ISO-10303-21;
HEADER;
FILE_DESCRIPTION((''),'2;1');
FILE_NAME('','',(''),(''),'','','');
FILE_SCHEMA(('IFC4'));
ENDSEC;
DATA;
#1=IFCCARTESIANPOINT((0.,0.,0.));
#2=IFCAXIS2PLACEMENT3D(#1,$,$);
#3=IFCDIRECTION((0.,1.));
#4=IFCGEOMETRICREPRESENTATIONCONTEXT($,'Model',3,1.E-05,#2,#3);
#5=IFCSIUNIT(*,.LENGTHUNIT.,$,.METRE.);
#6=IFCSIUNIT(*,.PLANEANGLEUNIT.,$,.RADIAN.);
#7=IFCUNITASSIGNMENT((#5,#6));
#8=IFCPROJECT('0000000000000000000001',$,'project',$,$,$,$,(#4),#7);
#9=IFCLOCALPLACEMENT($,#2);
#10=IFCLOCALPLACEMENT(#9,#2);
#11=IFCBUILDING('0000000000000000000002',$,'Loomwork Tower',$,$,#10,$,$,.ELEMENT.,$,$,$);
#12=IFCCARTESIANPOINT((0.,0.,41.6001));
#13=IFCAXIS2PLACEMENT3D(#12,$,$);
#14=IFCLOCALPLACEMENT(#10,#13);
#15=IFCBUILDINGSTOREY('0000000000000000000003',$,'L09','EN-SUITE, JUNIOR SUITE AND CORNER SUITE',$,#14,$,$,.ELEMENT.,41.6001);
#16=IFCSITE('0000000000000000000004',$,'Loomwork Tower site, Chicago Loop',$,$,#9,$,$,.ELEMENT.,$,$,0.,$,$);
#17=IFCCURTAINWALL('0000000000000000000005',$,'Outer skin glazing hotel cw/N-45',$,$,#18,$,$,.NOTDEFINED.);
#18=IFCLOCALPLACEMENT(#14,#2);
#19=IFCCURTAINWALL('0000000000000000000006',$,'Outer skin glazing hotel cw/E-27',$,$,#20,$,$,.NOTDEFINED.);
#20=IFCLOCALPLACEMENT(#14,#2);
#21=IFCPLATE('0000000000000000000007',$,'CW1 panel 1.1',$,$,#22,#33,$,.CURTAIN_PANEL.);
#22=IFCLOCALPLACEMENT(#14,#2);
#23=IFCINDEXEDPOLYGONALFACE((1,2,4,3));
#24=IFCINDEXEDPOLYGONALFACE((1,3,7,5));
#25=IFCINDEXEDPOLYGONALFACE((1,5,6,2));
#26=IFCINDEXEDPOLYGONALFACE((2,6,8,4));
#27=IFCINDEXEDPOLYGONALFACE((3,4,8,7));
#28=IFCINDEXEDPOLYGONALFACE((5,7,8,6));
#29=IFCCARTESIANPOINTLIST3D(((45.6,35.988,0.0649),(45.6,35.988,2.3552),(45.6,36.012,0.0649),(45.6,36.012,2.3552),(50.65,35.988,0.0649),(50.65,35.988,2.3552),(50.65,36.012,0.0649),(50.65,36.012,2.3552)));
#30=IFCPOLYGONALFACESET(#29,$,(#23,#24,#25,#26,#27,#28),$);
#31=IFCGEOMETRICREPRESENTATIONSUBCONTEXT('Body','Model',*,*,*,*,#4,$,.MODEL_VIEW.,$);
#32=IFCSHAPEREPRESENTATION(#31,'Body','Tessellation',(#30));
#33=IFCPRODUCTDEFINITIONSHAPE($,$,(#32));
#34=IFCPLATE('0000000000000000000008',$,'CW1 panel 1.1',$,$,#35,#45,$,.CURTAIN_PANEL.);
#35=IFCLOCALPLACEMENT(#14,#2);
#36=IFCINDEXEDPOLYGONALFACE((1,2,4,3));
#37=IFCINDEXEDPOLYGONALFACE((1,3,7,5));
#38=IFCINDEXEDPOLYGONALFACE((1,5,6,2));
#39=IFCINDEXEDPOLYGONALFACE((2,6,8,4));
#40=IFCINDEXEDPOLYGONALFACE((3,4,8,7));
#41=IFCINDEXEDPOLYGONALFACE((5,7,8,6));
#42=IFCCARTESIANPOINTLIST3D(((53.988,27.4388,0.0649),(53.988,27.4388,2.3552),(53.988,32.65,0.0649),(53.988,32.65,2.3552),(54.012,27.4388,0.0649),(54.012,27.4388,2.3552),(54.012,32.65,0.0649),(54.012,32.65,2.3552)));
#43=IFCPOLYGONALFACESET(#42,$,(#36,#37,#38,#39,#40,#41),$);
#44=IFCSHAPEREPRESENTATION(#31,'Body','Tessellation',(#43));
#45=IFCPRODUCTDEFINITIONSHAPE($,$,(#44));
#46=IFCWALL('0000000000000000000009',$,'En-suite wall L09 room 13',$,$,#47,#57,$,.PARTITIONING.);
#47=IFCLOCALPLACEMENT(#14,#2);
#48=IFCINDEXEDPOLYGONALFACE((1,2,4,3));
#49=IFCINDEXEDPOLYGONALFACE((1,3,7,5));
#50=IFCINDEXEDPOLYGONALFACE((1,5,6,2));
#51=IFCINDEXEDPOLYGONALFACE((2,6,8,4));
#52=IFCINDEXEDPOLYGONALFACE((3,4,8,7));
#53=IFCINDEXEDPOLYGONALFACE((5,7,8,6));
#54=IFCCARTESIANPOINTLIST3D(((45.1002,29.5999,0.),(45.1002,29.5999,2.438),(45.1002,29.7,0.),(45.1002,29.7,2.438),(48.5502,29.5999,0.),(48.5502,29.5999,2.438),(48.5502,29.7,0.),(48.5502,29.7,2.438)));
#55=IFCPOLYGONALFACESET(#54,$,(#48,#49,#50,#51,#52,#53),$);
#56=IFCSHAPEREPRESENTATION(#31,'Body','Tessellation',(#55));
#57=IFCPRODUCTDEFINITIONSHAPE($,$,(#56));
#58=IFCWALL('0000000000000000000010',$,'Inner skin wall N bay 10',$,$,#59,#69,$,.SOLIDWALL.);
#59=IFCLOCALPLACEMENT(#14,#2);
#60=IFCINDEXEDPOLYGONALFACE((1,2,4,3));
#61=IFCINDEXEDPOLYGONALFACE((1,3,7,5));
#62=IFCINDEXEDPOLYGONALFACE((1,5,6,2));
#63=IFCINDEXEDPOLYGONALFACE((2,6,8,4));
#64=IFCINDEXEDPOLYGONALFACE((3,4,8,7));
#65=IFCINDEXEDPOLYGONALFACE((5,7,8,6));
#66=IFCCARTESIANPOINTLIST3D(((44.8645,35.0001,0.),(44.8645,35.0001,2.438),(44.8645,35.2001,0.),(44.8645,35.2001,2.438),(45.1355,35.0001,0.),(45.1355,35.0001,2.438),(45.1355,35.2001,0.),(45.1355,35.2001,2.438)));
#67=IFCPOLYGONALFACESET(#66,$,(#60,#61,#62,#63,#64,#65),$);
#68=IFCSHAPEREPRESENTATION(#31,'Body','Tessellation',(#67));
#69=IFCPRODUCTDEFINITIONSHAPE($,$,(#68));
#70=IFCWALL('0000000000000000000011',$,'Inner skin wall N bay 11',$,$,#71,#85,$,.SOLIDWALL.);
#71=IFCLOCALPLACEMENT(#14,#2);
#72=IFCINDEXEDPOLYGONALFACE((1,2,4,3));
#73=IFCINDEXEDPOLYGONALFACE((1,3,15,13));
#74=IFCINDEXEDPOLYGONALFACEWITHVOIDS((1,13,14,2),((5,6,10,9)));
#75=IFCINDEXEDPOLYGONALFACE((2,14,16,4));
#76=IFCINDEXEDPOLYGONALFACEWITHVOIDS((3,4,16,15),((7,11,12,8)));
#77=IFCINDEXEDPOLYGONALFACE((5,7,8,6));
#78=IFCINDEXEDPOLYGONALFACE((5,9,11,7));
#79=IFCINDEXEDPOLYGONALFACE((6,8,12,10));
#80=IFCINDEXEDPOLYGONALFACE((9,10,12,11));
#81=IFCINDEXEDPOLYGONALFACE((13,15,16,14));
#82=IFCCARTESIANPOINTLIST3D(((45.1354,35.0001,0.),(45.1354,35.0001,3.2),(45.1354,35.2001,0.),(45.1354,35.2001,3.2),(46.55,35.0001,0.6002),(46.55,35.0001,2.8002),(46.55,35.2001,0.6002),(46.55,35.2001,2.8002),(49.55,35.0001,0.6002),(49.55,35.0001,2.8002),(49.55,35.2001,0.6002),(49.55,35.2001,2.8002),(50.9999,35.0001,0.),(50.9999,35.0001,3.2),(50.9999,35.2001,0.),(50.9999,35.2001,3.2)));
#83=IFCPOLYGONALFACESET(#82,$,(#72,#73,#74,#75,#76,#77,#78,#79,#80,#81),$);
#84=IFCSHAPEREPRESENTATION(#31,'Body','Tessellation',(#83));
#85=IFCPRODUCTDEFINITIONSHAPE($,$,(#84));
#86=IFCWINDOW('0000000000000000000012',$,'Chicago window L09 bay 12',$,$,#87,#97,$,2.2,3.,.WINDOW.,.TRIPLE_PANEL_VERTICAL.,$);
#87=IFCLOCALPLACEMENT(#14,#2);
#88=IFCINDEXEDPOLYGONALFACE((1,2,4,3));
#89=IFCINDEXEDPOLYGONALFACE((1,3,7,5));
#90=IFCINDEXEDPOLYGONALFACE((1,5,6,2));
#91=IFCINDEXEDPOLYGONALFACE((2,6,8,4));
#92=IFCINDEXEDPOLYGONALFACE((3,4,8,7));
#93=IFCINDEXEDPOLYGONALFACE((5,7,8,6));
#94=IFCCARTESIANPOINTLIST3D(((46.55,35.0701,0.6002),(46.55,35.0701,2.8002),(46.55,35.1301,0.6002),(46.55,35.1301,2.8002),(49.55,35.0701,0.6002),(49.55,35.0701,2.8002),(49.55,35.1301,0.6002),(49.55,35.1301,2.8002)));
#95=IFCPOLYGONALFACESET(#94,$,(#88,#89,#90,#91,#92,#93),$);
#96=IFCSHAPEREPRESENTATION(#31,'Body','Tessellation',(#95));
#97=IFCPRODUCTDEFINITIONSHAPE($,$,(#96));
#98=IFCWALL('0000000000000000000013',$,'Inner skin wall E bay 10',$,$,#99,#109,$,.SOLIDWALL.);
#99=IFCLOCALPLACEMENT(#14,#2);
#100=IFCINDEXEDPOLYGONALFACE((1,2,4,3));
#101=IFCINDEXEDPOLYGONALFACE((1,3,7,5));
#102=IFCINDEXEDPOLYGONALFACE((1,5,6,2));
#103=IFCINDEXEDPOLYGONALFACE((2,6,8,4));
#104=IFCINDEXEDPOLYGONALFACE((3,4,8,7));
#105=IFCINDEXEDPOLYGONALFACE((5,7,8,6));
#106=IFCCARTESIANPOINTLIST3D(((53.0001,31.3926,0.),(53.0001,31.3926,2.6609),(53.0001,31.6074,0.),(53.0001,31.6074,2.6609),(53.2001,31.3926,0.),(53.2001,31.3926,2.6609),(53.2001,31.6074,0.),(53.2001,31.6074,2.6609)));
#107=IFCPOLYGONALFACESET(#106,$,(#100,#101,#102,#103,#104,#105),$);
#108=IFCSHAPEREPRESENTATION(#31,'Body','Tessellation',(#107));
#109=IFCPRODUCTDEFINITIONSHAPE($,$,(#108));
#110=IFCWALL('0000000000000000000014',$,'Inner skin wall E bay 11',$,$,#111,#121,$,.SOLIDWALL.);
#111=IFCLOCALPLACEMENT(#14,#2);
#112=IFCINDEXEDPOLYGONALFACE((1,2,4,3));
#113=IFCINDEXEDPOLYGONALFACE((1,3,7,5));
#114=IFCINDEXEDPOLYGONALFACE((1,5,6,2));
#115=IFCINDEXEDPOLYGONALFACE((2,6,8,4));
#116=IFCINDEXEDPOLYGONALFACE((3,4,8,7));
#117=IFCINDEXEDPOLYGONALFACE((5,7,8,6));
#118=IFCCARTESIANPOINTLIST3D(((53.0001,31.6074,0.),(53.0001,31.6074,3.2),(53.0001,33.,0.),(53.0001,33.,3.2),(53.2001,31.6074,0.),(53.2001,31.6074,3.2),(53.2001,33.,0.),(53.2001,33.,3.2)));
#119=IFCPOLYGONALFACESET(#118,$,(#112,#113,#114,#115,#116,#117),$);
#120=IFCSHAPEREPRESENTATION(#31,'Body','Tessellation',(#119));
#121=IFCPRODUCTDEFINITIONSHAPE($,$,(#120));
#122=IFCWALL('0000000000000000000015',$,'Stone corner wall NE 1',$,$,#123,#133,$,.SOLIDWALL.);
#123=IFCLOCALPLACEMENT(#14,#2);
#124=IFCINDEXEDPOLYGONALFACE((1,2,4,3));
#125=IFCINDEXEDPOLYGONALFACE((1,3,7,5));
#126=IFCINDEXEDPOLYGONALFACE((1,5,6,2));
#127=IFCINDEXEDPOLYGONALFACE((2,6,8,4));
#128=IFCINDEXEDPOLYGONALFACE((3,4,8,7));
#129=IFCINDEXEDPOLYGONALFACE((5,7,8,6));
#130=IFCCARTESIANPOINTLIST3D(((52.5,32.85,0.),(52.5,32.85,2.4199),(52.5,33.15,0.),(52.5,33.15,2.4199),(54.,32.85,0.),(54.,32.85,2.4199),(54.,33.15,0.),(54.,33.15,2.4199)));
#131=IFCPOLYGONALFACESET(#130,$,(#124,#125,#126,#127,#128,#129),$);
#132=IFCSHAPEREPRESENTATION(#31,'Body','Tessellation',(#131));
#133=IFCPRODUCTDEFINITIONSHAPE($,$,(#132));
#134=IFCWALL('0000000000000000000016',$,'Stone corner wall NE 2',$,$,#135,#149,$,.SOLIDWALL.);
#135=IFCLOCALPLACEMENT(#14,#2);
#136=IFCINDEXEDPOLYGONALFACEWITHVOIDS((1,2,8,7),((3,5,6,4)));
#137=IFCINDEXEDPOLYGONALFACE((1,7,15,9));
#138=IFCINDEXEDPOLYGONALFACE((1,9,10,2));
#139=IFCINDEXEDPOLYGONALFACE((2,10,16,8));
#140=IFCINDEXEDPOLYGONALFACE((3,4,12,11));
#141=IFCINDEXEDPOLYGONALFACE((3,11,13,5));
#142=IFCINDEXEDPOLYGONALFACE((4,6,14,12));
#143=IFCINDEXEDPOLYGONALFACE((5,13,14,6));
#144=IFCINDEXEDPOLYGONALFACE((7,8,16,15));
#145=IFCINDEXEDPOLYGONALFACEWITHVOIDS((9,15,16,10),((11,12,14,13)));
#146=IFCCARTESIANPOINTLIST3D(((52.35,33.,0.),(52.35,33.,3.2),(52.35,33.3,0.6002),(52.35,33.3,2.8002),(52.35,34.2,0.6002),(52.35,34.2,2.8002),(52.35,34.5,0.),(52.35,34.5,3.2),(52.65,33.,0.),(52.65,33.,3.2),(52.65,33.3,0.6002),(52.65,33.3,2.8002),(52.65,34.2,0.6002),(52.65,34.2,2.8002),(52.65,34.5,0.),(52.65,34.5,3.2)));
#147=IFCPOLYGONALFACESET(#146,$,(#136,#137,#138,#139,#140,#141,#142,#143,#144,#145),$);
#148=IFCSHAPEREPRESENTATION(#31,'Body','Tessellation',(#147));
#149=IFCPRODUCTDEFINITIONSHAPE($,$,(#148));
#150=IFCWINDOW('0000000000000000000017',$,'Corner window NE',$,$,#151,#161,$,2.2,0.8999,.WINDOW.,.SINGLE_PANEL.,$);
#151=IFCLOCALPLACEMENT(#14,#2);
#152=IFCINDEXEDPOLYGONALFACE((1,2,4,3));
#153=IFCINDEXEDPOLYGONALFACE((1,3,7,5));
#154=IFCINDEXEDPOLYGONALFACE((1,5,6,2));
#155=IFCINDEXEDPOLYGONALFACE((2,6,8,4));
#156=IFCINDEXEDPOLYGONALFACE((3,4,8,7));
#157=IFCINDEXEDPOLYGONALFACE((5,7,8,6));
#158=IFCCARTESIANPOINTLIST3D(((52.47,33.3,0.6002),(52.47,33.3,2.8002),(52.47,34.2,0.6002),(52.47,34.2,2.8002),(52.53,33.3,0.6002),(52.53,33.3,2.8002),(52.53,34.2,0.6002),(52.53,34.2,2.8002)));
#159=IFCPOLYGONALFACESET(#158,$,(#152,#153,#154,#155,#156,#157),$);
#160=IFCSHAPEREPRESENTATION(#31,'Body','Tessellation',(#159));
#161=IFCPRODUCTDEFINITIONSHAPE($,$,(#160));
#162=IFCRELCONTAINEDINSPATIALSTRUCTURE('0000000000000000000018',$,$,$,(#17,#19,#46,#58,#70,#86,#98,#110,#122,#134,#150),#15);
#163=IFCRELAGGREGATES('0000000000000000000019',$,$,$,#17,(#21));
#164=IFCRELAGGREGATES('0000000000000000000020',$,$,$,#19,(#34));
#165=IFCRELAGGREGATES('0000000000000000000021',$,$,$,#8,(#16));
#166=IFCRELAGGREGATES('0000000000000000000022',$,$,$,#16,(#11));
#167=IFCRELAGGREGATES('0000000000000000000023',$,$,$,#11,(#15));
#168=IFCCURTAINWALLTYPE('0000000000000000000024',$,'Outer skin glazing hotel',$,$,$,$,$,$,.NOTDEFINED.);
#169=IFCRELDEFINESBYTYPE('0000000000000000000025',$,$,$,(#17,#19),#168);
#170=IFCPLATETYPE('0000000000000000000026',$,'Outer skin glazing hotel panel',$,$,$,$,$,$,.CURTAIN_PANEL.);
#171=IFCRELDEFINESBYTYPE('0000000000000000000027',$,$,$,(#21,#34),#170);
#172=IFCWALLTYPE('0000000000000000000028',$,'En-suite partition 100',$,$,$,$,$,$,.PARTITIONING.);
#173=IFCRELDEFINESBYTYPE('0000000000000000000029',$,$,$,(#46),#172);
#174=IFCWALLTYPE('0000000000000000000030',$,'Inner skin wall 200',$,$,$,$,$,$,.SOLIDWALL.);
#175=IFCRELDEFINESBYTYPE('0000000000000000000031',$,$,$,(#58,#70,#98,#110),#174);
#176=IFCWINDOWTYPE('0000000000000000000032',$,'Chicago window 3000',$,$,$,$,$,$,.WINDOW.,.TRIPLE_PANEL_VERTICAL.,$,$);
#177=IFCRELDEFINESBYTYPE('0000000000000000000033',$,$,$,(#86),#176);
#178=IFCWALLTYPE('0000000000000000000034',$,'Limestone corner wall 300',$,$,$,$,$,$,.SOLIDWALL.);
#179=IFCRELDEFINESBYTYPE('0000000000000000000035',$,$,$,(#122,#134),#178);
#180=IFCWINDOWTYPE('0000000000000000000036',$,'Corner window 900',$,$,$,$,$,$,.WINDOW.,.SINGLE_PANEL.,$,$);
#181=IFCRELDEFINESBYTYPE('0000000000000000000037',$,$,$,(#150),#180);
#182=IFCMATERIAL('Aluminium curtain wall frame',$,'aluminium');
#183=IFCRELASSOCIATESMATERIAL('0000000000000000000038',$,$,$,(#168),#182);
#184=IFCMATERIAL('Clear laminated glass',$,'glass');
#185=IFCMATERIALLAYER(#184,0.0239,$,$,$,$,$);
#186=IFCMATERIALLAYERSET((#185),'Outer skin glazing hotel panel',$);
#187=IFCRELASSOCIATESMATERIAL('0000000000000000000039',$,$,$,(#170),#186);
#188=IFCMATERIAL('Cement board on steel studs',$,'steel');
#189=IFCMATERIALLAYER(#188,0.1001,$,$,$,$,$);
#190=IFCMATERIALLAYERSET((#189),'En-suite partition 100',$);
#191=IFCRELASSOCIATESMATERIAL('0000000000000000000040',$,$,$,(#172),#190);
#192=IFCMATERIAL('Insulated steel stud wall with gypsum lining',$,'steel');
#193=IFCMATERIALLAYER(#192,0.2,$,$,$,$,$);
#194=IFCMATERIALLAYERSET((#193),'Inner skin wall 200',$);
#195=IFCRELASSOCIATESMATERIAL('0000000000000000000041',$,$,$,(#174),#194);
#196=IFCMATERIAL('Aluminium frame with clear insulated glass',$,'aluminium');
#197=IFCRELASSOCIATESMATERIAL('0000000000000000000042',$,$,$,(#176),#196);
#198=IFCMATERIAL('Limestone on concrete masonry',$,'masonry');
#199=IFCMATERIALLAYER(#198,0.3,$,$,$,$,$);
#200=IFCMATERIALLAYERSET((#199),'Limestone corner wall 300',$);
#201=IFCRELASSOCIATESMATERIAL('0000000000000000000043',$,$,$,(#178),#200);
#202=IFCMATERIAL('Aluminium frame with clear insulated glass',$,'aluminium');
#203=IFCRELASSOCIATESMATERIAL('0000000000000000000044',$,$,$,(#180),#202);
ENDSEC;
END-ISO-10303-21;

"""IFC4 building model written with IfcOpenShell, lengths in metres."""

from ifc_helpers import new_model, si_unit, direction, frame, frame_2d, origin, origin_2d, place, context, subcontext, project, spatial, rectangle, extrude, material, layer, layer_set, type_object, element, fill, aggregate, save


model = new_model("IFC4")

# Units and contexts
model_context = context("Model", 3, precision=1e-05, world=origin(), true_north=direction((0.0, 1.0)))
body_context = subcontext(model_context, "Body", "Model", "MODEL_VIEW")
ifc_project = project(units=[si_unit("LENGTHUNIT", "METRE"), si_unit("PLANEANGLEUNIT", "RADIAN")], contexts=[model_context])

# Site, building, storey
site_placement = place(None, origin())
site = spatial("IfcSite", under=ifc_project, at=site_placement, Name="Loomwork Tower site, Chicago Loop", CompositionType="ELEMENT", RefElevation=0.0)
building_placement = place(site_placement, origin())
building = spatial("IfcBuilding", under=site, at=building_placement, Name="Loomwork Tower", CompositionType="ELEMENT")
storey_placement = place(building_placement, frame((0.0, 0.0, 41.6001)))
storey = spatial("IfcBuildingStorey", under=building, at=storey_placement, Name="L09", Description="EN-SUITE, JUNIOR SUITE AND CORNER SUITE", CompositionType="ELEMENT", Elevation=41.6001)

# Shared definitions
ifc_material_1 = material(Name="Aluminium curtain wall frame", Category="aluminium")
curtain_wall_type = type_object("IfcCurtainWallType", Name="Outer skin glazing hotel", PredefinedType="NOTDEFINED", material=ifc_material_1)

# Curtain wall
curtain_wall_1_placement = place(storey_placement, origin())
curtain_wall_1 = element("IfcCurtainWall", 1, at=curtain_wall_1_placement, inside=storey, type_object=curtain_wall_type, Name="Outer skin glazing hotel cw/N-45", PredefinedType="NOTDEFINED")

# Curtain wall
curtain_wall_2_placement = place(storey_placement, origin())
curtain_wall_2 = element("IfcCurtainWall", 2, at=curtain_wall_2_placement, inside=storey, type_object=curtain_wall_type, Name="Outer skin glazing hotel cw/E-27", PredefinedType="NOTDEFINED")

# Plates
ifc_material_2 = material(Name="Clear laminated glass", Category="glass")
ifc_layer_1 = layer(ifc_material_2, 0.0239)
ifc_layer_set_1 = layer_set([ifc_layer_1], Name="Outer skin glazing hotel panel")
plate_type = type_object("IfcPlateType", Name="Outer skin glazing hotel panel", PredefinedType="CURTAIN_PANEL", material=ifc_layer_set_1)
plate_1_placement = place(storey_placement, frame((48.125, 36.0, 0.0649), z_axis=(0.0, 0.0, 1.0), x_axis=(-1.0, 0.0, 0.0)))
plate_1 = element("IfcPlate", 3, at=plate_1_placement, type_object=plate_type, Name="CW1 panel 1.1", PredefinedType="CURTAIN_PANEL", context=body_context, shape_type="SweptSolid", body=[
    extrude(rectangle(XDim=5.05, YDim=0.0239, at=origin_2d()), origin(), (0.0, 0.0, 1.0), 2.2903),
])
aggregate(curtain_wall_1, [plate_1])
plate_2_placement = place(storey_placement, frame((54.0, 30.0444, 0.0649), z_axis=(0.0, 0.0, 1.0), x_axis=(0.0, 1.0, 0.0)))
plate_2 = element("IfcPlate", 4, at=plate_2_placement, type_object=plate_type, Name="CW1 panel 1.1", PredefinedType="CURTAIN_PANEL", context=body_context, shape_type="SweptSolid", body=[
    extrude(rectangle(XDim=5.2112, YDim=0.0239, at=origin_2d()), origin(), (0.0, 0.0, 1.0), 2.2903),
])
aggregate(curtain_wall_2, [plate_2])

# Walls
ifc_material_3 = material(Name="Cement board on steel studs", Category="steel")
ifc_layer_2 = layer(ifc_material_3, 0.1001)
ifc_layer_set_2 = layer_set([ifc_layer_2], Name="En-suite partition 100")
wall_type_1 = type_object("IfcWallType", Name="En-suite partition 100", PredefinedType="PARTITIONING", material=ifc_layer_set_2)
wall_1_placement = place(storey_placement, frame((45.1001, 29.6499, 0.0), z_axis=(0.0, 0.0, 1.0), x_axis=(1.0, 0.0, 0.0)))
element("IfcWall", 5, at=wall_1_placement, inside=storey, type_object=wall_type_1, Name="En-suite wall L09 room 13", PredefinedType="PARTITIONING", context=body_context, shape_type="SweptSolid", body=[
    extrude(rectangle(XDim=3.45, YDim=0.1001, at=frame_2d((1.7251, 0.0))), origin(), (0.0, 0.0, 1.0), 2.438),
])
ifc_material_4 = material(Name="Insulated steel stud wall with gypsum lining", Category="steel")
ifc_layer_3 = layer(ifc_material_4, 0.2)
ifc_layer_set_3 = layer_set([ifc_layer_3], Name="Inner skin wall 200")
wall_type_2 = type_object("IfcWallType", Name="Inner skin wall 200", PredefinedType="SOLIDWALL", material=ifc_layer_set_3)
wall_2_placement = place(storey_placement, frame((44.8645, 35.1001, 0.0), z_axis=(0.0, 0.0, 1.0), x_axis=(1.0, 0.0, 0.0)))
element("IfcWall", 6, at=wall_2_placement, inside=storey, type_object=wall_type_2, Name="Inner skin wall N bay 10", PredefinedType="SOLIDWALL", context=body_context, shape_type="SweptSolid", body=[
    extrude(rectangle(XDim=0.271, YDim=0.2, at=frame_2d((0.1355, 0.0))), origin(), (0.0, 0.0, 1.0), 2.438),
])

# Wall, opening, window
wall_3_placement = place(storey_placement, frame((45.1355, 35.1001, 0.0), z_axis=(0.0, 0.0, 1.0), x_axis=(1.0, 0.0, 0.0)))
wall_3 = element("IfcWall", 7, at=wall_3_placement, inside=storey, type_object=wall_type_2, Name="Inner skin wall N bay 11", PredefinedType="SOLIDWALL", context=body_context, shape_type="SweptSolid", body=[
    extrude(rectangle(XDim=5.8645, YDim=0.2, at=frame_2d((2.9321, 0.0))), origin(), (0.0, 0.0, 1.0), 3.2),
])
opening_1_placement = place(wall_3_placement, frame((1.4146, 0.0, 0.6001)))
opening_1 = element("IfcOpeningElement", 8, at=opening_1_placement, cuts=wall_3, PredefinedType="OPENING", context=body_context, shape_type="SweptSolid", body=[
    extrude(rectangle(XDim=3.0, YDim=2.2, at=frame_2d((1.5, 1.1001))), frame((0.0, 0.1099, 0.0), z_axis=(0.0, -1.0, 0.0), x_axis=(1.0, 0.0, 0.0)), (0.0, 0.0, 1.0), 0.22),
])
ifc_material_5 = material(Name="Aluminium frame with clear insulated glass", Category="aluminium")
window_type_1 = type_object("IfcWindowType", Name="Chicago window 3000", PartitioningType="TRIPLE_PANEL_VERTICAL", PredefinedType="WINDOW", material=ifc_material_5)
window_1_placement = place(opening_1_placement, origin())
window_1 = element("IfcWindow", 9, at=window_1_placement, inside=storey, type_object=window_type_1, Name="Chicago window L09 bay 12", OverallHeight=2.2, OverallWidth=3.0, PartitioningType="TRIPLE_PANEL_VERTICAL", PredefinedType="WINDOW", context=body_context, shape_type="SweptSolid", body=[
    extrude(rectangle(XDim=3.0, YDim=2.2, at=frame_2d((1.5, 1.1001))), frame((0.0, 0.03, 0.0), z_axis=(0.0, -1.0, 0.0), x_axis=(1.0, 0.0, 0.0)), (0.0, 0.0, 1.0), 0.0601),
])
fill(opening_1, window_1)

# Walls
wall_4_placement = place(storey_placement, frame((53.1001, 31.3926, 0.0), z_axis=(0.0, 0.0, 1.0), x_axis=(0.0, 1.0, 0.0)))
element("IfcWall", 10, at=wall_4_placement, inside=storey, type_object=wall_type_2, Name="Inner skin wall E bay 10", PredefinedType="SOLIDWALL", context=body_context, shape_type="SweptSolid", body=[
    extrude(rectangle(XDim=0.2148, YDim=0.2, at=frame_2d((0.1074, 0.0))), origin(), (0.0, 0.0, 1.0), 2.6609),
])
wall_5_placement = place(storey_placement, frame((53.1001, 31.6074, 0.0), z_axis=(0.0, 0.0, 1.0), x_axis=(0.0, 1.0, 0.0)))
element("IfcWall", 11, at=wall_5_placement, inside=storey, type_object=wall_type_2, Name="Inner skin wall E bay 11", PredefinedType="SOLIDWALL", context=body_context, shape_type="SweptSolid", body=[
    extrude(rectangle(XDim=1.3926, YDim=0.2, at=frame_2d((0.6963, 0.0))), origin(), (0.0, 0.0, 1.0), 3.2),
])
ifc_material_6 = material(Name="Limestone on concrete masonry", Category="masonry")
ifc_layer_4 = layer(ifc_material_6, 0.3)
ifc_layer_set_4 = layer_set([ifc_layer_4], Name="Limestone corner wall 300")
wall_type_3 = type_object("IfcWallType", Name="Limestone corner wall 300", PredefinedType="SOLIDWALL", material=ifc_layer_set_4)
wall_6_placement = place(storey_placement, frame((54.0, 33.0, 0.0), z_axis=(0.0, 0.0, 1.0), x_axis=(-1.0, 0.0, 0.0)))
element("IfcWall", 12, at=wall_6_placement, inside=storey, type_object=wall_type_3, Name="Stone corner wall NE 1", PredefinedType="SOLIDWALL", context=body_context, shape_type="SweptSolid", body=[
    extrude(rectangle(XDim=1.5, YDim=0.3, at=frame_2d((0.75, 0.0))), origin(), (0.0, 0.0, 1.0), 2.4199),
])

# Wall, opening, window
wall_7_placement = place(storey_placement, frame((52.5, 33.0, 0.0), z_axis=(0.0, 0.0, 1.0), x_axis=(0.0, 1.0, 0.0)))
wall_7 = element("IfcWall", 13, at=wall_7_placement, inside=storey, type_object=wall_type_3, Name="Stone corner wall NE 2", PredefinedType="SOLIDWALL", context=body_context, shape_type="SweptSolid", body=[
    extrude(rectangle(XDim=1.5, YDim=0.3, at=frame_2d((0.75, 0.0))), origin(), (0.0, 0.0, 1.0), 3.2),
])
opening_2_placement = place(wall_7_placement, frame((0.3, 0.0, 0.6001)))
opening_2 = element("IfcOpeningElement", 14, at=opening_2_placement, cuts=wall_7, PredefinedType="OPENING", context=body_context, shape_type="SweptSolid", body=[
    extrude(rectangle(XDim=0.8999, YDim=2.2, at=frame_2d((0.45, 1.1001))), frame((0.0, 0.1599, 0.0), z_axis=(0.0, -1.0, 0.0), x_axis=(1.0, 0.0, 0.0)), (0.0, 0.0, 1.0), 0.3201),
])
ifc_material_7 = material(Name="Aluminium frame with clear insulated glass", Category="aluminium")
window_type_2 = type_object("IfcWindowType", Name="Corner window 900", PartitioningType="SINGLE_PANEL", PredefinedType="WINDOW", material=ifc_material_7)
window_2_placement = place(opening_2_placement, origin())
window_2 = element("IfcWindow", 15, at=window_2_placement, inside=storey, type_object=window_type_2, Name="Corner window NE", OverallHeight=2.2, OverallWidth=0.8999, PartitioningType="SINGLE_PANEL", PredefinedType="WINDOW", context=body_context, shape_type="SweptSolid", body=[
    extrude(rectangle(XDim=0.8999, YDim=2.2, at=frame_2d((0.45, 1.1001))), frame((0.0, 0.03, 0.0), z_axis=(0.0, -1.0, 0.0), x_axis=(1.0, 0.0, 0.0)), (0.0, 0.0, 1.0), 0.0601),
])
fill(opening_2, window_2)

save(model, "model.ifc")
